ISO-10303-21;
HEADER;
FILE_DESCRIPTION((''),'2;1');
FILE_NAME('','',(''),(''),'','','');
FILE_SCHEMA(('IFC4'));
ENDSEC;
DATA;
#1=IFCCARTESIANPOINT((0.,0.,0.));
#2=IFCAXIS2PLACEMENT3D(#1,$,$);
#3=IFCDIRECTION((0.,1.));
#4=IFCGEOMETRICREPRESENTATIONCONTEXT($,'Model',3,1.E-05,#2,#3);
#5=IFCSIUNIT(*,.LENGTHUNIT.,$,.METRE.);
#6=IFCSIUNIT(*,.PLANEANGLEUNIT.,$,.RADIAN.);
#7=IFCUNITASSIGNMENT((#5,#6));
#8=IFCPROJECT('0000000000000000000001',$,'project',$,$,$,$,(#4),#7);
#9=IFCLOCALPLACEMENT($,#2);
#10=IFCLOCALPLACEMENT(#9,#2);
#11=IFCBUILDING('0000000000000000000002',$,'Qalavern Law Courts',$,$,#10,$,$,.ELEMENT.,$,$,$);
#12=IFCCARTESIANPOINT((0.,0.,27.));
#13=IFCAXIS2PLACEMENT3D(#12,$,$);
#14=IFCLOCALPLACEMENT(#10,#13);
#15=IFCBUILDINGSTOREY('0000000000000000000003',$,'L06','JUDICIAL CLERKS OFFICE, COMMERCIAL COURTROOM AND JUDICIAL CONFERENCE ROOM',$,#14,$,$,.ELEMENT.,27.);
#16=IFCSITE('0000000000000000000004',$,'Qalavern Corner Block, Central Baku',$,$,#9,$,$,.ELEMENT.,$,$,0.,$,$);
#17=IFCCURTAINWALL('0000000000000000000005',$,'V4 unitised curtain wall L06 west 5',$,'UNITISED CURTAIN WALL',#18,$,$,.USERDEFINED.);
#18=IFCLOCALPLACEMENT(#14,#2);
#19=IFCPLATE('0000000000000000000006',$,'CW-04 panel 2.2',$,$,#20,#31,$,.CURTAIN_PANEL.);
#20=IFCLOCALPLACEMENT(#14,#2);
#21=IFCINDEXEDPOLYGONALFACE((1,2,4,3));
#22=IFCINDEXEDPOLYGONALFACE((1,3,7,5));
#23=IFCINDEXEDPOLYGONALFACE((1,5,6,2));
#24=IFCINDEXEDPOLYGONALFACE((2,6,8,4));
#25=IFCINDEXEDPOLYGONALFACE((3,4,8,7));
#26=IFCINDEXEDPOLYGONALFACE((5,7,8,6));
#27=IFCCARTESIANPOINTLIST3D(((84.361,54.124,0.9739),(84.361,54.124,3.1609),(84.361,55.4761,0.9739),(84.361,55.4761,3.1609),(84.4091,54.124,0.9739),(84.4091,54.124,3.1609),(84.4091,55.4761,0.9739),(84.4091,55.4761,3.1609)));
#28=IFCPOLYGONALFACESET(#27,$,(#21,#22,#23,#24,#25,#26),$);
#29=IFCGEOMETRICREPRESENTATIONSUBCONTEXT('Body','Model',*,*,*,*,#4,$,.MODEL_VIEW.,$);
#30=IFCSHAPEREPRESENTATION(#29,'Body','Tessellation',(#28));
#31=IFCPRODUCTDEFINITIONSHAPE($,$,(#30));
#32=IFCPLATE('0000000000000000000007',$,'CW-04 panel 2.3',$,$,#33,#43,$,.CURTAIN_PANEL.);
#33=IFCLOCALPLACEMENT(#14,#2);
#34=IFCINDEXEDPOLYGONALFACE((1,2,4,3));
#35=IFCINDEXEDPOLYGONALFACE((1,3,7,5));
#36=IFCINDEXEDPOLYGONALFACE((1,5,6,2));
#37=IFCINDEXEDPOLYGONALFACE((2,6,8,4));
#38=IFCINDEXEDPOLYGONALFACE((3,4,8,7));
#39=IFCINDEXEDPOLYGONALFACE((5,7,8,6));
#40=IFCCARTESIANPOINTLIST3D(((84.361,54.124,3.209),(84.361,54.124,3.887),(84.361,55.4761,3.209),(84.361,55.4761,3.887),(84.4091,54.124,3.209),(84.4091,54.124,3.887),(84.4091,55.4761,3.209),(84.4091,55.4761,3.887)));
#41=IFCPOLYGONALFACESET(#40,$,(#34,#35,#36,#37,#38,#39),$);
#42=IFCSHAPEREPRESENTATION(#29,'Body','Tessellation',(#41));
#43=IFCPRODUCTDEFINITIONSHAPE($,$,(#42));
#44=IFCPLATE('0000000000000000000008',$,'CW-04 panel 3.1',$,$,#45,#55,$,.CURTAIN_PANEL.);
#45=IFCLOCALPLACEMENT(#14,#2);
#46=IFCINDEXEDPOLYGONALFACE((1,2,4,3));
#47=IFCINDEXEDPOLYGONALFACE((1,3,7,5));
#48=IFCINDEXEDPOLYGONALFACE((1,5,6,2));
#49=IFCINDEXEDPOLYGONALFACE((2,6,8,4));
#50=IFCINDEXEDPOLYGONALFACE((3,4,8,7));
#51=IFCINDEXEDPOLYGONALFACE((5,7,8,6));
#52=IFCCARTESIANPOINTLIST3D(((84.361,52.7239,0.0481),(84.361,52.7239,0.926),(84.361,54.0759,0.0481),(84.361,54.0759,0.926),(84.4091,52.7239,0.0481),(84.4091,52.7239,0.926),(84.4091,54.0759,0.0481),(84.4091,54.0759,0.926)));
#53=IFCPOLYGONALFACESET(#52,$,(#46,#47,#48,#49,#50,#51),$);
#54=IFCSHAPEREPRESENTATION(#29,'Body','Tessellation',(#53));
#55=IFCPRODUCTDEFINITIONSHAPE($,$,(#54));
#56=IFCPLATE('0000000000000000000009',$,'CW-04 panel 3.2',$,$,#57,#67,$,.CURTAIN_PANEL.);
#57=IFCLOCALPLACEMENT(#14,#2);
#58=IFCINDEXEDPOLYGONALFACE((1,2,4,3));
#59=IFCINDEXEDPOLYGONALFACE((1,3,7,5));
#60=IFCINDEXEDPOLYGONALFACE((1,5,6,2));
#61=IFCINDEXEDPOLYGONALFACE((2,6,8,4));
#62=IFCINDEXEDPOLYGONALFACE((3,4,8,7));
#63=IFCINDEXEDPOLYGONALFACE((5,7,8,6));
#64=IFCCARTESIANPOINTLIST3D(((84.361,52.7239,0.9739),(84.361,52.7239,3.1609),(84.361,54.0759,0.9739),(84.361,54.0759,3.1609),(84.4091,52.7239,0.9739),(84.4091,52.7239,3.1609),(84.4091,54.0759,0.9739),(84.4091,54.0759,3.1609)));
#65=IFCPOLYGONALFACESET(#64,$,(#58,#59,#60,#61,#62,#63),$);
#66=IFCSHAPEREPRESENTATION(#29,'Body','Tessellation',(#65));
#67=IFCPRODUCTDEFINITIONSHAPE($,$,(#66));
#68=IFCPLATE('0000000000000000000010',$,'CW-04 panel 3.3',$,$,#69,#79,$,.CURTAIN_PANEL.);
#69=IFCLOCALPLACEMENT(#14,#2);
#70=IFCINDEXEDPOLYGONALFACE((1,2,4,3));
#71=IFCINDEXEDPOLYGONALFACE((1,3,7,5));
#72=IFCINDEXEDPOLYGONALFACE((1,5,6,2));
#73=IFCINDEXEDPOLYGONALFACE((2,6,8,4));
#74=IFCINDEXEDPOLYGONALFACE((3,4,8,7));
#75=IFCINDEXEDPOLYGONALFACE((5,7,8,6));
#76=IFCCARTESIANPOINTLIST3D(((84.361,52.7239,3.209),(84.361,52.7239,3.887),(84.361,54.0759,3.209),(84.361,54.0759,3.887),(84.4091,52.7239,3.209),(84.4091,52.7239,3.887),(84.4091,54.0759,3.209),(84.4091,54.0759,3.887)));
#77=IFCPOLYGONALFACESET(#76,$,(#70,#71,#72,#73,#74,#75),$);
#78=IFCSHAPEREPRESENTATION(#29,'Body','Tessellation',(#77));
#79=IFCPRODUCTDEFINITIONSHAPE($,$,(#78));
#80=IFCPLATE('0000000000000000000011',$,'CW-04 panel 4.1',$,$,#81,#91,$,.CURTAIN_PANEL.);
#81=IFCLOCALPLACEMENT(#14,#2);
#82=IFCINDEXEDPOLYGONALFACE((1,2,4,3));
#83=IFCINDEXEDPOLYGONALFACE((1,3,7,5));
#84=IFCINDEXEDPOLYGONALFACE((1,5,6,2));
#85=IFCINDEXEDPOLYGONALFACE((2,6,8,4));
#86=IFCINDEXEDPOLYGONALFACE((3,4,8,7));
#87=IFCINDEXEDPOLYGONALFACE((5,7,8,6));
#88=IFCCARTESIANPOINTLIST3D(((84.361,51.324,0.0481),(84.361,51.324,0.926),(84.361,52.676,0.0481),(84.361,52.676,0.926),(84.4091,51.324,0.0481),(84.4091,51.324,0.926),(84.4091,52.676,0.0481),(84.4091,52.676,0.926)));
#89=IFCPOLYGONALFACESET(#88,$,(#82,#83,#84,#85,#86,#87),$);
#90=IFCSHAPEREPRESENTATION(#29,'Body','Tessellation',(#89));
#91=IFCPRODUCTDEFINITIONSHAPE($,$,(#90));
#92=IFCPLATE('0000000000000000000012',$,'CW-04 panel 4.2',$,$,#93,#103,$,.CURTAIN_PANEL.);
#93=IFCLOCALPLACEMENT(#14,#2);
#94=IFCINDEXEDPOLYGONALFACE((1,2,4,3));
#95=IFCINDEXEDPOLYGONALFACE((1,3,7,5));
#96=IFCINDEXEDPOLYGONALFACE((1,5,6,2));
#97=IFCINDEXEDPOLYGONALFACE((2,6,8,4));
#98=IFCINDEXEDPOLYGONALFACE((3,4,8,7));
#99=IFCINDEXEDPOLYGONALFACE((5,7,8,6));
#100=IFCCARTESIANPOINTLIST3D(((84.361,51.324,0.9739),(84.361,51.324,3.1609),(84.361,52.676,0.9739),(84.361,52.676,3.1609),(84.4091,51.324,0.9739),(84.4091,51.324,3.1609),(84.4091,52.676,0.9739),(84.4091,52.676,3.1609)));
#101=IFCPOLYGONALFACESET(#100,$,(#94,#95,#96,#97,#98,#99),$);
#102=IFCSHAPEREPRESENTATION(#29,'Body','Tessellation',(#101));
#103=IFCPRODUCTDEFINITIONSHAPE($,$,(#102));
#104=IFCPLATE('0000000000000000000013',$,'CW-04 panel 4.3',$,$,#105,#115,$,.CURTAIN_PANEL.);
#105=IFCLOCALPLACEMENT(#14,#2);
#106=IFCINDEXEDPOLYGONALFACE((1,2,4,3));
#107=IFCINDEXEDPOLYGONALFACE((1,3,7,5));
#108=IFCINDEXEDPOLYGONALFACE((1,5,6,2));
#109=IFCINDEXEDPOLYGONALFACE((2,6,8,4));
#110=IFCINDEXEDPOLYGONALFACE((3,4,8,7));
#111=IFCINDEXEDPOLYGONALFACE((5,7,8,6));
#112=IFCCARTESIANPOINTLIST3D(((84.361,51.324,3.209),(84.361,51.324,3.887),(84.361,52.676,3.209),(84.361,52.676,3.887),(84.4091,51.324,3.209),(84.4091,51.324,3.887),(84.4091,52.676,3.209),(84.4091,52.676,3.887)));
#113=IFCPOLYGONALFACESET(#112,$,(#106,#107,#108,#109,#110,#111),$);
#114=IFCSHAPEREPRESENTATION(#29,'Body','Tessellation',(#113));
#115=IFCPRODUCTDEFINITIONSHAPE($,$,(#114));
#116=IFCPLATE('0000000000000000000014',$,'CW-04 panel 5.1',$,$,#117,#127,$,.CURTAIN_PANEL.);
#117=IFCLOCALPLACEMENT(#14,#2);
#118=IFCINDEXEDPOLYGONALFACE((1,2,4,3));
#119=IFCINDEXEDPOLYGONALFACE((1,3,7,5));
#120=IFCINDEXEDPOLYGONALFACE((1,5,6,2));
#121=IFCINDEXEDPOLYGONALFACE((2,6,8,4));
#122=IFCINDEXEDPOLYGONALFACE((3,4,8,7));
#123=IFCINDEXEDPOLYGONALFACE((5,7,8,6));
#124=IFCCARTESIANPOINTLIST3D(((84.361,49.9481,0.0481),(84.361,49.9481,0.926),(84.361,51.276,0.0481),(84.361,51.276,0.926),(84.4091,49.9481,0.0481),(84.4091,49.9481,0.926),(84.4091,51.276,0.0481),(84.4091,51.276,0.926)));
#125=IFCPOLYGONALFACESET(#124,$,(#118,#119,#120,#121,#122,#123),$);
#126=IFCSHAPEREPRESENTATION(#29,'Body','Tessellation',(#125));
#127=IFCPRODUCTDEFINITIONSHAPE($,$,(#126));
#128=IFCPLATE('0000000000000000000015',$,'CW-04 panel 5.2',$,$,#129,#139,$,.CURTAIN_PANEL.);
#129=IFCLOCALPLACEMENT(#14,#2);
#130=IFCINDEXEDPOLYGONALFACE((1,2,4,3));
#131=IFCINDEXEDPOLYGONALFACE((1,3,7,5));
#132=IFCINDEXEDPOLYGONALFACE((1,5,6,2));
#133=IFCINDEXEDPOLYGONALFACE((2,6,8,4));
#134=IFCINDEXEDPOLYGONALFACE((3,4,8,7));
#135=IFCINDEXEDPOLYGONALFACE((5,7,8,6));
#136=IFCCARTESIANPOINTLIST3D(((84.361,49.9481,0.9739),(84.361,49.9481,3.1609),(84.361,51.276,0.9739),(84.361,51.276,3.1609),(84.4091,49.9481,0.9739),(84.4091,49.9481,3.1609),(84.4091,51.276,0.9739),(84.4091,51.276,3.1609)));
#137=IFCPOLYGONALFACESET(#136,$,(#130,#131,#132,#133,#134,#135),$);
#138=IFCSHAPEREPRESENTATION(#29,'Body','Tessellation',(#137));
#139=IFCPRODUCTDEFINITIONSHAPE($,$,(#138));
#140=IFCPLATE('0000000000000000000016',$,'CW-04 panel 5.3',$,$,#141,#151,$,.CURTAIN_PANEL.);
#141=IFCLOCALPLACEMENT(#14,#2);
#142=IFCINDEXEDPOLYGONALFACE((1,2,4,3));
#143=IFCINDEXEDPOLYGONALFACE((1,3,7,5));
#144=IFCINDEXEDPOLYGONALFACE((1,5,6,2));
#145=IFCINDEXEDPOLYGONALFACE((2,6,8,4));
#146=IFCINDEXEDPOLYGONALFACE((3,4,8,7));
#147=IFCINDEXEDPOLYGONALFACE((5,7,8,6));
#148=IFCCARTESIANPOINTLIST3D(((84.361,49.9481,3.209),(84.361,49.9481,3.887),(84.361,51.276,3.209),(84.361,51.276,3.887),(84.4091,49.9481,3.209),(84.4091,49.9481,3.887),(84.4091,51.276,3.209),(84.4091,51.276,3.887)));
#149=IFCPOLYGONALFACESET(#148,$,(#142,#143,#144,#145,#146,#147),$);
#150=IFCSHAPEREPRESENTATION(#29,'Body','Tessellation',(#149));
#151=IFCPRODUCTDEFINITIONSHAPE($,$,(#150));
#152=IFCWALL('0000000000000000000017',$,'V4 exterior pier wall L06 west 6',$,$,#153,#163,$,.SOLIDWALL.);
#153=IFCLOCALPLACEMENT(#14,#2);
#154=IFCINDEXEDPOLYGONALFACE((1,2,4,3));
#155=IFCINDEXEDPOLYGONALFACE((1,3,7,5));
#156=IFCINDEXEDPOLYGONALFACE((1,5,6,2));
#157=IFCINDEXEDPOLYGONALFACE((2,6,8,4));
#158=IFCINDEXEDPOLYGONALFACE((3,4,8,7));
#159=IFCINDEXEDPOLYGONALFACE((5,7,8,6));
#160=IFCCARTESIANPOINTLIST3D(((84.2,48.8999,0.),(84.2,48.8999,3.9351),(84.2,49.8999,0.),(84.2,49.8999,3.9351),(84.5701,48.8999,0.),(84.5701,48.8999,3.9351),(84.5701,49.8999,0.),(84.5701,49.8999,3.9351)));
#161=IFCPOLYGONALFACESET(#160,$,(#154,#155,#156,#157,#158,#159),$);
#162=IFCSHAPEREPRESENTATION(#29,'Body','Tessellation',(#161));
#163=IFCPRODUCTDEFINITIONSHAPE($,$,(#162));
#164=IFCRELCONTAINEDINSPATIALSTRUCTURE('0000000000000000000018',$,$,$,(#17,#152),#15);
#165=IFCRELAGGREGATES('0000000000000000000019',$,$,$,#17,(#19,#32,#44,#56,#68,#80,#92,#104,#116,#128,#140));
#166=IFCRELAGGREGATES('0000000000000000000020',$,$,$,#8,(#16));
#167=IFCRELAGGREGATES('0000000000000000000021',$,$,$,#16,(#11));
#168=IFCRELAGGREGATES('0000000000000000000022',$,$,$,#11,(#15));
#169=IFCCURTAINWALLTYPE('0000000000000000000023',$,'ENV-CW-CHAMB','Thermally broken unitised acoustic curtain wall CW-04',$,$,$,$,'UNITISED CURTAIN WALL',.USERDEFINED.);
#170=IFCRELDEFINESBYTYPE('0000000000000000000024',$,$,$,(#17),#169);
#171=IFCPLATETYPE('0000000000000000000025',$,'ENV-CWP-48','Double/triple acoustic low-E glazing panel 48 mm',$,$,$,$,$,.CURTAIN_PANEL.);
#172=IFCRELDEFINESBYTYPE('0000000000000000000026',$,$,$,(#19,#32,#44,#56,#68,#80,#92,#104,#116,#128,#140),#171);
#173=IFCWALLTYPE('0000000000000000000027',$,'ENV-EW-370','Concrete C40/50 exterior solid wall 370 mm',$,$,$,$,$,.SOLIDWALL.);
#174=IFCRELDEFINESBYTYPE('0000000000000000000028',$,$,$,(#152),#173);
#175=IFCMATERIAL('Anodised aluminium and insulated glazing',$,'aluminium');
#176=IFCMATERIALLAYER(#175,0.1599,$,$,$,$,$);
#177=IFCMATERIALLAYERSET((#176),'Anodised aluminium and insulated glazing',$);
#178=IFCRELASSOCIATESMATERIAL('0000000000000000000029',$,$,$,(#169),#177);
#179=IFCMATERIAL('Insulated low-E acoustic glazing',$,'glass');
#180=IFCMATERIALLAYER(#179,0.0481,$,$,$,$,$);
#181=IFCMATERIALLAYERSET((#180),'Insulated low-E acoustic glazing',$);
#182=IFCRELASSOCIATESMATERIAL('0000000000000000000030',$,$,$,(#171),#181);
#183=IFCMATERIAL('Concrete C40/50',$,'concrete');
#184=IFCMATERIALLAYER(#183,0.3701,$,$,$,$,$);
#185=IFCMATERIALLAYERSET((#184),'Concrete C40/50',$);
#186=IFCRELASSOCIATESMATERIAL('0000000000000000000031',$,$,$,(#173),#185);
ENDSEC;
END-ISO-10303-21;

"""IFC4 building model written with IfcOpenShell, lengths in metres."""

from ifc_helpers import new_model, si_unit, direction, frame, frame_2d, origin, origin_2d, place, context, subcontext, project, spatial, rectangle, extrude, material, layer, layer_set, type_object, element, aggregate, save


model = new_model("IFC4")

# Units and contexts
model_context = context("Model", 3, precision=1e-05, world=origin(), true_north=direction((0.0, 1.0)))
body_context = subcontext(model_context, "Body", "Model", "MODEL_VIEW")
ifc_project = project(units=[si_unit("LENGTHUNIT", "METRE"), si_unit("PLANEANGLEUNIT", "RADIAN")], contexts=[model_context])

# Site, building, storey
site_placement = place(None, origin())
site = spatial("IfcSite", under=ifc_project, at=site_placement, Name="Qalavern Corner Block, Central Baku", CompositionType="ELEMENT", RefElevation=0.0)
building_placement = place(site_placement, origin())
building = spatial("IfcBuilding", under=site, at=building_placement, Name="Qalavern Law Courts", CompositionType="ELEMENT")
storey_placement = place(building_placement, frame((0.0, 0.0, 27.0)))
storey = spatial("IfcBuildingStorey", under=building, at=storey_placement, Name="L06", Description="JUDICIAL CLERKS OFFICE, COMMERCIAL COURTROOM AND JUDICIAL CONFERENCE ROOM", CompositionType="ELEMENT", Elevation=27.0)

# Curtain wall
ifc_material_1 = material(Name="Anodised aluminium and insulated glazing", Category="aluminium")
ifc_layer_1 = layer(ifc_material_1, 0.1599)
ifc_layer_set_1 = layer_set([ifc_layer_1], Name="Anodised aluminium and insulated glazing")
curtain_wall_type = type_object("IfcCurtainWallType", Name="ENV-CW-CHAMB", Description="Thermally broken unitised acoustic curtain wall CW-04", ElementType="UNITISED CURTAIN WALL", PredefinedType="USERDEFINED", material=ifc_layer_set_1)
curtain_wall_1_placement = place(storey_placement, origin())
curtain_wall_1 = element("IfcCurtainWall", 1, at=curtain_wall_1_placement, inside=storey, type_object=curtain_wall_type, Name="V4 unitised curtain wall L06 west 5", ObjectType="UNITISED CURTAIN WALL", PredefinedType="USERDEFINED")

# Plates
ifc_material_2 = material(Name="Insulated low-E acoustic glazing", Category="glass")
ifc_layer_2 = layer(ifc_material_2, 0.0481)
ifc_layer_set_2 = layer_set([ifc_layer_2], Name="Insulated low-E acoustic glazing")
plate_type = type_object("IfcPlateType", Name="ENV-CWP-48", Description="Double/triple acoustic low-E glazing panel 48 mm", PredefinedType="CURTAIN_PANEL", material=ifc_layer_set_2)
plate_1_placement = place(storey_placement, frame((84.385, 54.8, 0.9739), z_axis=(0.0, 0.0, 1.0), x_axis=(0.0, -1.0, 0.0)))
plate_1 = element("IfcPlate", 2, at=plate_1_placement, type_object=plate_type, Name="CW-04 panel 2.2", PredefinedType="CURTAIN_PANEL", context=body_context, shape_type="SweptSolid", body=[
    extrude(rectangle(XDim=1.3521, YDim=0.0481, at=origin_2d()), origin(), (0.0, 0.0, 1.0), 2.187),
])
plate_2_placement = place(storey_placement, frame((84.385, 54.8, 3.209), z_axis=(0.0, 0.0, 1.0), x_axis=(0.0, -1.0, 0.0)))
plate_2 = element("IfcPlate", 3, at=plate_2_placement, type_object=plate_type, Name="CW-04 panel 2.3", PredefinedType="CURTAIN_PANEL", context=body_context, shape_type="SweptSolid", body=[
    extrude(rectangle(XDim=1.3521, YDim=0.0481, at=origin_2d()), origin(), (0.0, 0.0, 1.0), 0.678),
])
plate_3_placement = place(storey_placement, frame((84.385, 53.3999, 0.0481), z_axis=(0.0, 0.0, 1.0), x_axis=(0.0, -1.0, 0.0)))
plate_3 = element("IfcPlate", 4, at=plate_3_placement, type_object=plate_type, Name="CW-04 panel 3.1", PredefinedType="CURTAIN_PANEL", context=body_context, shape_type="SweptSolid", body=[
    extrude(rectangle(XDim=1.3521, YDim=0.0481, at=origin_2d()), origin(), (0.0, 0.0, 1.0), 0.8779),
])
plate_4_placement = place(storey_placement, frame((84.385, 53.3999, 0.9739), z_axis=(0.0, 0.0, 1.0), x_axis=(0.0, -1.0, 0.0)))
plate_4 = element("IfcPlate", 5, at=plate_4_placement, type_object=plate_type, Name="CW-04 panel 3.2", PredefinedType="CURTAIN_PANEL", context=body_context, shape_type="SweptSolid", body=[
    extrude(rectangle(XDim=1.3521, YDim=0.0481, at=origin_2d()), origin(), (0.0, 0.0, 1.0), 2.187),
])
plate_5_placement = place(storey_placement, frame((84.385, 53.3999, 3.209), z_axis=(0.0, 0.0, 1.0), x_axis=(0.0, -1.0, 0.0)))
plate_5 = element("IfcPlate", 6, at=plate_5_placement, type_object=plate_type, Name="CW-04 panel 3.3", PredefinedType="CURTAIN_PANEL", context=body_context, shape_type="SweptSolid", body=[
    extrude(rectangle(XDim=1.3521, YDim=0.0481, at=origin_2d()), origin(), (0.0, 0.0, 1.0), 0.678),
])
plate_6_placement = place(storey_placement, frame((84.385, 52.0, 0.0481), z_axis=(0.0, 0.0, 1.0), x_axis=(0.0, -1.0, 0.0)))
plate_6 = element("IfcPlate", 7, at=plate_6_placement, type_object=plate_type, Name="CW-04 panel 4.1", PredefinedType="CURTAIN_PANEL", context=body_context, shape_type="SweptSolid", body=[
    extrude(rectangle(XDim=1.3521, YDim=0.0481, at=origin_2d()), origin(), (0.0, 0.0, 1.0), 0.8779),
])
plate_7_placement = place(storey_placement, frame((84.385, 52.0, 0.9739), z_axis=(0.0, 0.0, 1.0), x_axis=(0.0, -1.0, 0.0)))
plate_7 = element("IfcPlate", 8, at=plate_7_placement, type_object=plate_type, Name="CW-04 panel 4.2", PredefinedType="CURTAIN_PANEL", context=body_context, shape_type="SweptSolid", body=[
    extrude(rectangle(XDim=1.3521, YDim=0.0481, at=origin_2d()), origin(), (0.0, 0.0, 1.0), 2.187),
])
plate_8_placement = place(storey_placement, frame((84.385, 52.0, 3.209), z_axis=(0.0, 0.0, 1.0), x_axis=(0.0, -1.0, 0.0)))
plate_8 = element("IfcPlate", 9, at=plate_8_placement, type_object=plate_type, Name="CW-04 panel 4.3", PredefinedType="CURTAIN_PANEL", context=body_context, shape_type="SweptSolid", body=[
    extrude(rectangle(XDim=1.3521, YDim=0.0481, at=origin_2d()), origin(), (0.0, 0.0, 1.0), 0.678),
])
plate_9_placement = place(storey_placement, frame((84.385, 50.6121, 0.0481), z_axis=(0.0, 0.0, 1.0), x_axis=(0.0, -1.0, 0.0)))
plate_9 = element("IfcPlate", 10, at=plate_9_placement, type_object=plate_type, Name="CW-04 panel 5.1", PredefinedType="CURTAIN_PANEL", context=body_context, shape_type="SweptSolid", body=[
    extrude(rectangle(XDim=1.3279, YDim=0.0481, at=origin_2d()), origin(), (0.0, 0.0, 1.0), 0.8779),
])
plate_10_placement = place(storey_placement, frame((84.385, 50.6121, 0.9739), z_axis=(0.0, 0.0, 1.0), x_axis=(0.0, -1.0, 0.0)))
plate_10 = element("IfcPlate", 11, at=plate_10_placement, type_object=plate_type, Name="CW-04 panel 5.2", PredefinedType="CURTAIN_PANEL", context=body_context, shape_type="SweptSolid", body=[
    extrude(rectangle(XDim=1.3279, YDim=0.0481, at=origin_2d()), origin(), (0.0, 0.0, 1.0), 2.187),
])
plate_11_placement = place(storey_placement, frame((84.385, 50.6121, 3.209), z_axis=(0.0, 0.0, 1.0), x_axis=(0.0, -1.0, 0.0)))
plate_11 = element("IfcPlate", 12, at=plate_11_placement, type_object=plate_type, Name="CW-04 panel 5.3", PredefinedType="CURTAIN_PANEL", context=body_context, shape_type="SweptSolid", body=[
    extrude(rectangle(XDim=1.3279, YDim=0.0481, at=origin_2d()), origin(), (0.0, 0.0, 1.0), 0.678),
])
aggregate(curtain_wall_1, [plate_1, plate_2, plate_3, plate_4, plate_5, plate_6, plate_7, plate_8, plate_9, plate_10, plate_11])

# Wall
ifc_material_3 = material(Name="Concrete C40/50", Category="concrete")
ifc_layer_3 = layer(ifc_material_3, 0.3701)
ifc_layer_set_3 = layer_set([ifc_layer_3], Name="Concrete C40/50")
wall_type = type_object("IfcWallType", Name="ENV-EW-370", Description="Concrete C40/50 exterior solid wall 370 mm", PredefinedType="SOLIDWALL", material=ifc_layer_set_3)
wall_placement = place(storey_placement, frame((84.385, 49.8999, 0.0), z_axis=(0.0, 0.0, 1.0), x_axis=(0.0, -1.0, 0.0)))
element("IfcWall", 13, at=wall_placement, inside=storey, type_object=wall_type, Name="V4 exterior pier wall L06 west 6", PredefinedType="SOLIDWALL", context=body_context, shape_type="SweptSolid", body=[
    extrude(rectangle(XDim=1.0, YDim=0.3701, at=frame_2d((0.5, 0.0))), origin(), (0.0, 0.0, 1.0), 3.9351),
])

save(model, "model.ifc")
